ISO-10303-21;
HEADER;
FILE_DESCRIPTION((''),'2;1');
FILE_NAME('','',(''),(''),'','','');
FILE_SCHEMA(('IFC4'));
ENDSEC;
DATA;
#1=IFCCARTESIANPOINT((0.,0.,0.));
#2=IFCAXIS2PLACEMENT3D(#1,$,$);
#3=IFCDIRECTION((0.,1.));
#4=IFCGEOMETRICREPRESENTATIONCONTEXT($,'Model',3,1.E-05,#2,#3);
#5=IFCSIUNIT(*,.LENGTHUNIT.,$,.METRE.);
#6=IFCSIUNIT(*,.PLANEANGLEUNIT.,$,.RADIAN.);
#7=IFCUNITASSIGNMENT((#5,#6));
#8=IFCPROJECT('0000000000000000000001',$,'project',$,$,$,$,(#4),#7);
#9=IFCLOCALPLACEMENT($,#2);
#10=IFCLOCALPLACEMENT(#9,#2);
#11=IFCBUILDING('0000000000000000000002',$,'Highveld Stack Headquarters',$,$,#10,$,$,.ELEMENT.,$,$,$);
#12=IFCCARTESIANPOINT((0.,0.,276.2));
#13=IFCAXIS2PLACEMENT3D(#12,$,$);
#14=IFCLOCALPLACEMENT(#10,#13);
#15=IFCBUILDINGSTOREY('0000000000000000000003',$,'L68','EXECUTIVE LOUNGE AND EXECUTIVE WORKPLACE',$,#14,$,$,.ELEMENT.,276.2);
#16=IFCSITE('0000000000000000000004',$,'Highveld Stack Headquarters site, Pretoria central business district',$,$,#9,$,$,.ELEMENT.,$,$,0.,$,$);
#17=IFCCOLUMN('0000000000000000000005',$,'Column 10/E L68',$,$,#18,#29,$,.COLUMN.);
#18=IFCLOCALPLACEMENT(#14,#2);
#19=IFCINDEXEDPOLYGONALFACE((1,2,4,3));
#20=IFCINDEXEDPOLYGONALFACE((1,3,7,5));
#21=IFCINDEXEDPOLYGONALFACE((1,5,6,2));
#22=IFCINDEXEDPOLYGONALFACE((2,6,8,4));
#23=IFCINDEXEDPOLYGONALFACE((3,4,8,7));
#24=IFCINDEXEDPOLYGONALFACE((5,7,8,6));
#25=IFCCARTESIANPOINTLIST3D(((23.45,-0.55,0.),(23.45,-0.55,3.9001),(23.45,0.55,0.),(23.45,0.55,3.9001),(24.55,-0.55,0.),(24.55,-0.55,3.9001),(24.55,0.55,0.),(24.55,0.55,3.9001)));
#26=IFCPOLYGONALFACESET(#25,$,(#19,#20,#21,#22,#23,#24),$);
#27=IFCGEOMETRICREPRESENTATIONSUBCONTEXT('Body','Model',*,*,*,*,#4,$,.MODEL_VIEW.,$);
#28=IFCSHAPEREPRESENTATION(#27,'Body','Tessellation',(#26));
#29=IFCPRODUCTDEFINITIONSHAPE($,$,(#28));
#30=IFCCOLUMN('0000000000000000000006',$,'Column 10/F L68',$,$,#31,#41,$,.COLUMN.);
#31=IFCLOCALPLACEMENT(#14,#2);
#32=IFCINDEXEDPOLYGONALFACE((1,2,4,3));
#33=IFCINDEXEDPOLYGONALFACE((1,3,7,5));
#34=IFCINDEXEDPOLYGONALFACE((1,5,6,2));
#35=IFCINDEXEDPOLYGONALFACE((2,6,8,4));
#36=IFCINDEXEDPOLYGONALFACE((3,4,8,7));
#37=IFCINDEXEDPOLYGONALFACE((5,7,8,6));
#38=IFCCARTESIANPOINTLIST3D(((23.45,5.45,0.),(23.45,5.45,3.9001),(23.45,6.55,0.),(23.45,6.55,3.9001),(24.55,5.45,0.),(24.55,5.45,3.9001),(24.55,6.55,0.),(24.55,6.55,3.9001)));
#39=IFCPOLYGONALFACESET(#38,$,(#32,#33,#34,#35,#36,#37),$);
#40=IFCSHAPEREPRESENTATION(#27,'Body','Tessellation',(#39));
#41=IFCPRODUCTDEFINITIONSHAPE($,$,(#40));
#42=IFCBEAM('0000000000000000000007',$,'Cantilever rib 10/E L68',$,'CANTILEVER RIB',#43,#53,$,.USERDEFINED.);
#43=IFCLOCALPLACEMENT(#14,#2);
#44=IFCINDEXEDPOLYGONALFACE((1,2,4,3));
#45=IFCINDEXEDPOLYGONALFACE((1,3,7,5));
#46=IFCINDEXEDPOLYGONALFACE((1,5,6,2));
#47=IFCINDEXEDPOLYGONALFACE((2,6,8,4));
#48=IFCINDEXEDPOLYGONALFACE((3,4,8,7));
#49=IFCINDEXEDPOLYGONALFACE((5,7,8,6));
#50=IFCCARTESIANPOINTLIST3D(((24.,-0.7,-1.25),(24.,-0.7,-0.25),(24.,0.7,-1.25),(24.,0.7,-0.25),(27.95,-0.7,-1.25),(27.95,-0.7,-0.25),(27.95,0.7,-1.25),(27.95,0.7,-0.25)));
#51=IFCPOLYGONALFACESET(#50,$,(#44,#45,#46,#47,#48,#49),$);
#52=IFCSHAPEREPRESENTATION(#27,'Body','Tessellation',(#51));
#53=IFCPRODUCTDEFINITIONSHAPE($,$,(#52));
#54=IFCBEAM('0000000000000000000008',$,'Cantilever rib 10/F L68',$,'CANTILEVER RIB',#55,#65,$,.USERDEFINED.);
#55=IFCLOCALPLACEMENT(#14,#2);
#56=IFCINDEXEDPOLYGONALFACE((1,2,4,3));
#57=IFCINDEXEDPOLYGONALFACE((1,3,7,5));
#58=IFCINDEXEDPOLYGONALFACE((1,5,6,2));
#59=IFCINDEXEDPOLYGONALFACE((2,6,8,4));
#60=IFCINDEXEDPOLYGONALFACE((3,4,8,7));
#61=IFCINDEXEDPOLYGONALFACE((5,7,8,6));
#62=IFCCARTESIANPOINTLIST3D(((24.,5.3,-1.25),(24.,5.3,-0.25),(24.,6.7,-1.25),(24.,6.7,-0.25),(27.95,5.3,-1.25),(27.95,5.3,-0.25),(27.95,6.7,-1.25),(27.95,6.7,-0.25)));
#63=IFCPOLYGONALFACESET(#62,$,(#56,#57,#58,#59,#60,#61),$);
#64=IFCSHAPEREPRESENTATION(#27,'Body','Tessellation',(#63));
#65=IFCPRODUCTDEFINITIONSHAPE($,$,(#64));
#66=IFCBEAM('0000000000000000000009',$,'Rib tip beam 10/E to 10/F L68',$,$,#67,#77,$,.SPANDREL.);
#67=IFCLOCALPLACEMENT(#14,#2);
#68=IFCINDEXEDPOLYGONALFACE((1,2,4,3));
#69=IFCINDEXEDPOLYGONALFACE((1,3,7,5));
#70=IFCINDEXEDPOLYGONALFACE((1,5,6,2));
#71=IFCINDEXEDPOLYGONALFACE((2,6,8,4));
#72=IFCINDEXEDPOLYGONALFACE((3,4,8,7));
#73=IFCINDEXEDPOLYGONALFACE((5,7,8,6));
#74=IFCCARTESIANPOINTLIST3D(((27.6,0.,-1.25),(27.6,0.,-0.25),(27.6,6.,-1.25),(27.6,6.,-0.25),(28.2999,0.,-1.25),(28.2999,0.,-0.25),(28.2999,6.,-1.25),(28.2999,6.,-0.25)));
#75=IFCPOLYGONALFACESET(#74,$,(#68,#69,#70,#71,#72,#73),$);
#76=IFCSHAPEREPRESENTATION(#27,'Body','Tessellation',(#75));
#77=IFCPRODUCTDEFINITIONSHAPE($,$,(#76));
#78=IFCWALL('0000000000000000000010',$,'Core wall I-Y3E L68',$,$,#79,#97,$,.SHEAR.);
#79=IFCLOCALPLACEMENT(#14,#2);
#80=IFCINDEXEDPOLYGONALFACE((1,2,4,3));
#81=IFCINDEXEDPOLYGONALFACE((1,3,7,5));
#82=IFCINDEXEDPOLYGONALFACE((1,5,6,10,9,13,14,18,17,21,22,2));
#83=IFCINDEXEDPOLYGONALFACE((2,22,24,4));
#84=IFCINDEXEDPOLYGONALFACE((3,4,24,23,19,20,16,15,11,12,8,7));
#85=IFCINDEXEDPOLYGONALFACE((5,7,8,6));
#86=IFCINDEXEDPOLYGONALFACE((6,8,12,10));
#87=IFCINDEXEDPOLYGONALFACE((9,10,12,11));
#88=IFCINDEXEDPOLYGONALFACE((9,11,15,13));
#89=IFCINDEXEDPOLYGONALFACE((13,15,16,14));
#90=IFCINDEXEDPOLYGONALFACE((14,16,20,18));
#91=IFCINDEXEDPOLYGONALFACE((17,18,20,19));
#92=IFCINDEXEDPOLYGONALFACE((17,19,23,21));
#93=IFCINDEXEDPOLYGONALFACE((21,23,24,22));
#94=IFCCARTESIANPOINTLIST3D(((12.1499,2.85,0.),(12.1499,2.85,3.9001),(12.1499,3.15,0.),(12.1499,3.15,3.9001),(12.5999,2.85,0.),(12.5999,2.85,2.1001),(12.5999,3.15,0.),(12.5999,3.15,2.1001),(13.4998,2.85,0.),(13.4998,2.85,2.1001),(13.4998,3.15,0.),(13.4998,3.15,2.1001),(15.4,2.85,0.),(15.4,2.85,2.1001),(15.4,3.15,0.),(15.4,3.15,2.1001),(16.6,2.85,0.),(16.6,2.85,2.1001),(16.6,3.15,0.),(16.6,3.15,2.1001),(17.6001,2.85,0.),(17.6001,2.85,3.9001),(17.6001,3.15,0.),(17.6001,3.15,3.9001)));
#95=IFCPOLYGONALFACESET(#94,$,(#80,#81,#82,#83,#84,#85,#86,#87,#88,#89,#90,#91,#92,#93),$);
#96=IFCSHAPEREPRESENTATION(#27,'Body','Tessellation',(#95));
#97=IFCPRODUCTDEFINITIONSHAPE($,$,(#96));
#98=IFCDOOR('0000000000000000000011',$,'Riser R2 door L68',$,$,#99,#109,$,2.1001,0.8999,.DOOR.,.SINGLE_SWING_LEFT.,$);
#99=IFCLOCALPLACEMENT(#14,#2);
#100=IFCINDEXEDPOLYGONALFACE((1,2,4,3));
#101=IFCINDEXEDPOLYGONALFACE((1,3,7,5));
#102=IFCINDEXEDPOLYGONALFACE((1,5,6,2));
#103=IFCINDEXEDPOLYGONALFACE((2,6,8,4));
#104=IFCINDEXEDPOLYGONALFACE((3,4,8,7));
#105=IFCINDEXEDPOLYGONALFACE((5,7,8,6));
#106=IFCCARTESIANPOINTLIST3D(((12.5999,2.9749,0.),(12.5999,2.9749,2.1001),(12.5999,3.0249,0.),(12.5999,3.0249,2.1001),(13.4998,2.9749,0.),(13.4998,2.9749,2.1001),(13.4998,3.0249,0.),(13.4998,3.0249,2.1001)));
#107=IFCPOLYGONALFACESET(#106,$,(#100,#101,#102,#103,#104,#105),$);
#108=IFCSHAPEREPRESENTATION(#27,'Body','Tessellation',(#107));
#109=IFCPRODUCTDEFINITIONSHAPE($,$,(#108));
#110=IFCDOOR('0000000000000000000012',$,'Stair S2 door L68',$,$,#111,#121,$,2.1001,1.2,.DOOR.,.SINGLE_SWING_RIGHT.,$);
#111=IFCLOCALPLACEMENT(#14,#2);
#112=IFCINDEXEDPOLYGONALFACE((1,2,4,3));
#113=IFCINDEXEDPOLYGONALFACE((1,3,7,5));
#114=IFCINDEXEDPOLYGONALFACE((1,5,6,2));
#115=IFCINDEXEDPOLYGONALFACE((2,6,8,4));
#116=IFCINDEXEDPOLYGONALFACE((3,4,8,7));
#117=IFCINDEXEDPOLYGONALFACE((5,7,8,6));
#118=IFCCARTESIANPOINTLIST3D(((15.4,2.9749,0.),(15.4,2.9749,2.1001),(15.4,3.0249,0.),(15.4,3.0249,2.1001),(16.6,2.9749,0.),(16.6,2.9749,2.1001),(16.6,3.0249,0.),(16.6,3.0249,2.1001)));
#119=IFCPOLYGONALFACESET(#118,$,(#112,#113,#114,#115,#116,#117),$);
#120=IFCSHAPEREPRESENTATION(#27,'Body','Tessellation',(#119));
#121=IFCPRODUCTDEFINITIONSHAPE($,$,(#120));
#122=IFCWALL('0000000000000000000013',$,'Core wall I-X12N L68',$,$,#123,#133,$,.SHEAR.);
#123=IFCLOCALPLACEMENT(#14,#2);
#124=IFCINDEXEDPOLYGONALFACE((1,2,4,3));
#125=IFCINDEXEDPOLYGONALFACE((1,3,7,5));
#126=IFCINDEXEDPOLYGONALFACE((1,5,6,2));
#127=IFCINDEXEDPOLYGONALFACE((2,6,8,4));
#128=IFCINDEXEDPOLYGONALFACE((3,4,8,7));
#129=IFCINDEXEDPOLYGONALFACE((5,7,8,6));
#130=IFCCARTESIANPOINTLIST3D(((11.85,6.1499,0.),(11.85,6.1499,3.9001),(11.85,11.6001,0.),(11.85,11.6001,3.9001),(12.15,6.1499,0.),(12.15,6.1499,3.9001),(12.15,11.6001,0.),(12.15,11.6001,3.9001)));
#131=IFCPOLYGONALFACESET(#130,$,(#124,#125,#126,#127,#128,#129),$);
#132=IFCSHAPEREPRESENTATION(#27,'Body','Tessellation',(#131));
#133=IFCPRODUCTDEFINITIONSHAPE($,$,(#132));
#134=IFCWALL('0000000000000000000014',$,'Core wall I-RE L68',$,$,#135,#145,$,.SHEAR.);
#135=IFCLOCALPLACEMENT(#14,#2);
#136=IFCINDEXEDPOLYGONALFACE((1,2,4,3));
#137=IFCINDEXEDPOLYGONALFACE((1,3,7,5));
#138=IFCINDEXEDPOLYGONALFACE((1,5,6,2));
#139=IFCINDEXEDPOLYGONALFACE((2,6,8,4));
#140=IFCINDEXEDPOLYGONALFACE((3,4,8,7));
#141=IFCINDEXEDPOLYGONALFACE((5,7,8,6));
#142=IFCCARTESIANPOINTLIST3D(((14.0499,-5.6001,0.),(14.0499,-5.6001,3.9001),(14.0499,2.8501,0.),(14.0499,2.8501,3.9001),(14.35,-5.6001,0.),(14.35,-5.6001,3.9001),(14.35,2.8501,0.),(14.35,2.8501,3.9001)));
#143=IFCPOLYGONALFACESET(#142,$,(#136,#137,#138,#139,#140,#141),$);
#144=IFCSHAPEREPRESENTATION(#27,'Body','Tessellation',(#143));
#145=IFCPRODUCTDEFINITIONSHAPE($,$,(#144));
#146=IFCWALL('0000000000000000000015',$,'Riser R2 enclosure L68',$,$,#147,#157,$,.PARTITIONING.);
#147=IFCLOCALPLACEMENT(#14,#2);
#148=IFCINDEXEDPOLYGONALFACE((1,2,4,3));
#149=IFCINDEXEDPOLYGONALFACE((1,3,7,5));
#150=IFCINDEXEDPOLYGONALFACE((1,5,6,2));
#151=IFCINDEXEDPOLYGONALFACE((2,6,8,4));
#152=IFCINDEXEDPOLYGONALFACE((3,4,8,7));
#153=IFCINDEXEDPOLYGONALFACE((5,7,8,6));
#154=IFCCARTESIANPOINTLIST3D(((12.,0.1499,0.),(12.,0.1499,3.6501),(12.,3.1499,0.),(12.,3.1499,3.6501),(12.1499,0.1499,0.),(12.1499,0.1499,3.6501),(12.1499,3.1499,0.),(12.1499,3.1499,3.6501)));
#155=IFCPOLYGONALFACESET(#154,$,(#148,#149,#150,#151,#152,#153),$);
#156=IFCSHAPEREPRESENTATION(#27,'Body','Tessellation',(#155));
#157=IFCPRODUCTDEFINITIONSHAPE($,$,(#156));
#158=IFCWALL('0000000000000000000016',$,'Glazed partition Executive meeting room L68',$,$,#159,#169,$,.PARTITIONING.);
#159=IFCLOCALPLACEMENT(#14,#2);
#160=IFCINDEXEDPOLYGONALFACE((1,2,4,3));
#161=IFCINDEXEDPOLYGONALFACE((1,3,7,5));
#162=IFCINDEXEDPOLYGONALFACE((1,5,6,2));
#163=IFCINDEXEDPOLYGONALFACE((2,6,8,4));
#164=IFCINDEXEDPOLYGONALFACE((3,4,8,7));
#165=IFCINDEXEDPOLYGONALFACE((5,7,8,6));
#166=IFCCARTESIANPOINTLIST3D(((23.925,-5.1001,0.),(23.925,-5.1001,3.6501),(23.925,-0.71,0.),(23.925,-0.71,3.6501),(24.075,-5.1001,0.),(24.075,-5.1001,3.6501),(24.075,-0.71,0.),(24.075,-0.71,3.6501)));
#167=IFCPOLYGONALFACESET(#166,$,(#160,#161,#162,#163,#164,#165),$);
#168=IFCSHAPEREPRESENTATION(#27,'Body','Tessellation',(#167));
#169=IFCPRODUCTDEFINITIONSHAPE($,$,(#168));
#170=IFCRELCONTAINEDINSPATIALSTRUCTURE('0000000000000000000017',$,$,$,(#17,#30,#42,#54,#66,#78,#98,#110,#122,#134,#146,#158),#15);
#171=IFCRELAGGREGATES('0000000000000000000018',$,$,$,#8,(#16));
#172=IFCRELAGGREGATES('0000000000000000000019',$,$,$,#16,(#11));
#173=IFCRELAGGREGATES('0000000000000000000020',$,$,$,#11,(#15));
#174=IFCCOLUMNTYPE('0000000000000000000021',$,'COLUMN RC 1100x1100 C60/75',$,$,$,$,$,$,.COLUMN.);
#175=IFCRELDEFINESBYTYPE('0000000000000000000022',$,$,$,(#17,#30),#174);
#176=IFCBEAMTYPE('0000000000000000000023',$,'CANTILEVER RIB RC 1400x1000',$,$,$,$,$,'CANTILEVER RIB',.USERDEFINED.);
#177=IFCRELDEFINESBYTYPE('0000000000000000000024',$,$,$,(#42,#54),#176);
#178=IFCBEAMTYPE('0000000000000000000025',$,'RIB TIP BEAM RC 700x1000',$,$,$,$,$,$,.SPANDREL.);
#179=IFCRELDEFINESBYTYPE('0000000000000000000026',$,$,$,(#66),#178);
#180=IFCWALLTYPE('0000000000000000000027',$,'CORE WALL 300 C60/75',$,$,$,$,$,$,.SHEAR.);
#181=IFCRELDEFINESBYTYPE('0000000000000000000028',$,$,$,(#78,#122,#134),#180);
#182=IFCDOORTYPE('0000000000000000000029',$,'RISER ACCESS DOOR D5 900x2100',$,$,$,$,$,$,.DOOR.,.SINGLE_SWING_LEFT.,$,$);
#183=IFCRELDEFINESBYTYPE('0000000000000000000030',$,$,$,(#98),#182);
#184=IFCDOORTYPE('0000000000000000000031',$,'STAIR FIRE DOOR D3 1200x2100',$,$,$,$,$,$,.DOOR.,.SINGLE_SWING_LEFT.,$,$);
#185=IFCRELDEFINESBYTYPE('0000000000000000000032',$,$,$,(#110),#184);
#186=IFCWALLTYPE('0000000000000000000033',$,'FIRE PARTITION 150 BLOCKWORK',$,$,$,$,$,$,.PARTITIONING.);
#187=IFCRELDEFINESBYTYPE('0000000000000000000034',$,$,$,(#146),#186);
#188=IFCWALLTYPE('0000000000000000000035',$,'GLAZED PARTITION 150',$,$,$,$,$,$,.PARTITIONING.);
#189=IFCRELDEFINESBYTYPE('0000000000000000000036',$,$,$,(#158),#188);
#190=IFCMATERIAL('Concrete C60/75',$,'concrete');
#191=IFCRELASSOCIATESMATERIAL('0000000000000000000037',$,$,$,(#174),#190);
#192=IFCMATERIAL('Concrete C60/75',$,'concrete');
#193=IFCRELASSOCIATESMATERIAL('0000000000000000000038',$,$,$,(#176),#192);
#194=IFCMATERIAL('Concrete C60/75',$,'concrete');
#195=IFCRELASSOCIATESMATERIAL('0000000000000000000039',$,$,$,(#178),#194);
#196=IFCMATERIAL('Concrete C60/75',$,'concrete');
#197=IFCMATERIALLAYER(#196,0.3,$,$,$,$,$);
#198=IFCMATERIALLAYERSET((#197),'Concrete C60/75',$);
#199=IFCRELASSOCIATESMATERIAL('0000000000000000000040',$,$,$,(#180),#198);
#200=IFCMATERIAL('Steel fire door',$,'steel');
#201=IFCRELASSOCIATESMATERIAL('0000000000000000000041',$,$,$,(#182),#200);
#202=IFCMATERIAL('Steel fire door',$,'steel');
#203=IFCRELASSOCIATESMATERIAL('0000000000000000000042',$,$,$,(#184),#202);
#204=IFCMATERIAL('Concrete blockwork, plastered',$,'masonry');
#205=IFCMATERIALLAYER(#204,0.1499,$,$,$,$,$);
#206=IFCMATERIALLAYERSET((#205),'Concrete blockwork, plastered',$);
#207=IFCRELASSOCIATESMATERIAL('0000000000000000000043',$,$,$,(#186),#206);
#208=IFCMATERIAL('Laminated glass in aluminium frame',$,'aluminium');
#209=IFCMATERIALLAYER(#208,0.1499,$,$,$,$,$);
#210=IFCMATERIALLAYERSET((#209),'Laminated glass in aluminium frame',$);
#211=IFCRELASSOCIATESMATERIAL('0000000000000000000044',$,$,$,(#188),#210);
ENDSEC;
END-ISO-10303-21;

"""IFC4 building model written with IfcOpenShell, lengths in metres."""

from ifc_helpers import new_model, si_unit, direction, frame, frame_2d, origin, origin_2d, place, context, subcontext, project, spatial, rectangle, extrude, material, layer, layer_set, material_profile, profile_set, type_object, element, fill, save


model = new_model("IFC4")

# Units and contexts
model_context = context("Model", 3, precision=1e-05, world=origin(), true_north=direction((0.0, 1.0)))
body_context = subcontext(model_context, "Body", "Model", "MODEL_VIEW")
ifc_project = project(units=[si_unit("LENGTHUNIT", "METRE"), si_unit("PLANEANGLEUNIT", "RADIAN")], contexts=[model_context])

# Site, building, storey
site_placement = place(None, origin())
site = spatial("IfcSite", under=ifc_project, at=site_placement, Name="Highveld Stack Headquarters site, Pretoria central business district", CompositionType="ELEMENT", RefElevation=0.0)
building_placement = place(site_placement, origin())
building = spatial("IfcBuilding", under=site, at=building_placement, Name="Highveld Stack Headquarters", CompositionType="ELEMENT")
storey_placement = place(building_placement, frame((0.0, 0.0, 276.2)))
storey = spatial("IfcBuildingStorey", under=building, at=storey_placement, Name="L68", Description="EXECUTIVE LOUNGE AND EXECUTIVE WORKPLACE", CompositionType="ELEMENT", Elevation=276.2)

# Columns
ifc_material_1 = material(Name="Concrete C60/75", Category="concrete")
ifc_material_profile_1 = material_profile(ifc_material_1, rectangle(XDim=1.1001, YDim=1.1001, at=origin_2d()), Name="RC 1100x1100")
ifc_profile_set_1 = profile_set([ifc_material_profile_1], Name="Concrete C60/75")
column_type = type_object("IfcColumnType", Name="COLUMN RC 1100x1100 C60/75", PredefinedType="COLUMN", material=ifc_profile_set_1)
for number, where, z_axis, x_axis, name in (
    (1, (24.0, 0.0, 0.0), (0.0, 0.0, 1.0), (1.0, 0.0, 0.0), "Column 10/E L68"),
    (2, (24.0, 6.0, 0.0), (0.0, 0.0, 1.0), (1.0, 0.0, 0.0), "Column 10/F L68"),
):
    element("IfcColumn", number, at=place(storey_placement, frame(where, z_axis=z_axis, x_axis=x_axis)), inside=storey, type_object=column_type, Name=name, PredefinedType="COLUMN", context=body_context, shape_type="SweptSolid", body=[
        extrude(rectangle(XDim=1.1001, YDim=1.1001, at=origin_2d()), origin(), (0.0, 0.0, 1.0), 3.9001),
    ])

# Beams
ifc_material_2 = material(Name="Concrete C60/75", Category="concrete")
ifc_material_profile_2 = material_profile(ifc_material_2, rectangle(XDim=1.3999, YDim=1.0, at=origin_2d()), Name="RC 1400x1000")
ifc_profile_set_2 = profile_set([ifc_material_profile_2], Name="Concrete C60/75")
beam_type_1 = type_object("IfcBeamType", Name="CANTILEVER RIB RC 1400x1000", ElementType="CANTILEVER RIB", PredefinedType="USERDEFINED", material=ifc_profile_set_2)
for number, where, z_axis, x_axis, name in (
    (3, (24.0, 0.0, -0.75), (1.0, 0.0, 0.0), (0.0, 1.0, 0.0), "Cantilever rib 10/E L68"),
    (4, (24.0, 6.0, -0.75), (1.0, 0.0, 0.0), (0.0, 1.0, 0.0), "Cantilever rib 10/F L68"),
):
    element("IfcBeam", number, at=place(storey_placement, frame(where, z_axis=z_axis, x_axis=x_axis)), inside=storey, type_object=beam_type_1, Name=name, ObjectType="CANTILEVER RIB", PredefinedType="USERDEFINED", context=body_context, shape_type="SweptSolid", body=[
        extrude(rectangle(XDim=1.3999, YDim=1.0, at=origin_2d()), origin(), (0.0, 0.0, 1.0), 3.95),
    ])
ifc_material_3 = material(Name="Concrete C60/75", Category="concrete")
ifc_material_profile_3 = material_profile(ifc_material_3, rectangle(XDim=0.7, YDim=1.0, at=origin_2d()), Name="RC 700x1000")
ifc_profile_set_3 = profile_set([ifc_material_profile_3], Name="Concrete C60/75")
beam_type_2 = type_object("IfcBeamType", Name="RIB TIP BEAM RC 700x1000", PredefinedType="SPANDREL", material=ifc_profile_set_3)
beam_placement = place(storey_placement, frame((27.95, 0.0, -0.75), z_axis=(0.0, 1.0, 0.0), x_axis=(-1.0, 0.0, 0.0)))
element("IfcBeam", 5, at=beam_placement, inside=storey, type_object=beam_type_2, Name="Rib tip beam 10/E to 10/F L68", PredefinedType="SPANDREL", context=body_context, shape_type="SweptSolid", body=[
    extrude(rectangle(XDim=0.7, YDim=1.0, at=origin_2d()), origin(), (0.0, 0.0, 1.0), 6.0),
])

# Wall, openings, doors
ifc_material_4 = material(Name="Concrete C60/75", Category="concrete")
ifc_layer_1 = layer(ifc_material_4, 0.3)
ifc_layer_set_1 = layer_set([ifc_layer_1], Name="Concrete C60/75")
wall_type_1 = type_object("IfcWallType", Name="CORE WALL 300 C60/75", PredefinedType="SHEAR", material=ifc_layer_set_1)
wall_1_placement = place(storey_placement, frame((12.1499, 3.0, 0.0), z_axis=(0.0, 0.0, 1.0), x_axis=(1.0, 0.0, 0.0)))
wall_1 = element("IfcWall", 6, at=wall_1_placement, inside=storey, type_object=wall_type_1, Name="Core wall I-Y3E L68", PredefinedType="SHEAR", context=body_context, shape_type="SweptSolid", body=[
    extrude(rectangle(XDim=5.4502, YDim=0.3, at=frame_2d((2.7251, 0.0))), origin(), (0.0, 0.0, 1.0), 3.9001),
])
opening_1_placement = place(wall_1_placement, frame((3.25, 0.0, 0.0)))
opening_1 = element("IfcOpeningElement", 7, at=opening_1_placement, cuts=wall_1, PredefinedType="OPENING", context=body_context, shape_type="SweptSolid", body=[
    extrude(rectangle(XDim=1.2, YDim=2.1001, at=frame_2d((0.6001, 1.05))), frame((0.0, 0.1599, 0.0), z_axis=(0.0, -1.0, 0.0), x_axis=(1.0, 0.0, 0.0)), (0.0, 0.0, 1.0), 0.3201),
])
opening_2_placement = place(wall_1_placement, frame((0.45, 0.0, 0.0)))
opening_2 = element("IfcOpeningElement", 8, at=opening_2_placement, cuts=wall_1, PredefinedType="OPENING", context=body_context, shape_type="SweptSolid", body=[
    extrude(rectangle(XDim=0.8999, YDim=2.1001, at=frame_2d((0.45, 1.05))), frame((0.0, 0.1599, 0.0), z_axis=(0.0, -1.0, 0.0), x_axis=(1.0, 0.0, 0.0)), (0.0, 0.0, 1.0), 0.3201),
])
ifc_material_5 = material(Name="Steel fire door", Category="steel")
door_type_1 = type_object("IfcDoorType", Name="RISER ACCESS DOOR D5 900x2100", OperationType="SINGLE_SWING_LEFT", PredefinedType="DOOR", material=ifc_material_5)
door_1_placement = place(opening_2_placement, origin())
door_1 = element("IfcDoor", 9, at=door_1_placement, inside=storey, type_object=door_type_1, Name="Riser R2 door L68", OperationType="SINGLE_SWING_LEFT", OverallHeight=2.1001, OverallWidth=0.8999, PredefinedType="DOOR", context=body_context, shape_type="SweptSolid", body=[
    extrude(rectangle(XDim=0.8999, YDim=2.1001, at=frame_2d((0.45, 1.05))), frame((0.0, 0.0249, 0.0), z_axis=(0.0, -1.0, 0.0), x_axis=(1.0, 0.0, 0.0)), (0.0, 0.0, 1.0), 0.05),
])
fill(opening_2, door_1)
ifc_material_6 = material(Name="Steel fire door", Category="steel")
door_type_2 = type_object("IfcDoorType", Name="STAIR FIRE DOOR D3 1200x2100", OperationType="SINGLE_SWING_LEFT", PredefinedType="DOOR", material=ifc_material_6)
door_2_placement = place(opening_1_placement, origin())
door_2 = element("IfcDoor", 10, at=door_2_placement, inside=storey, type_object=door_type_2, Name="Stair S2 door L68", OperationType="SINGLE_SWING_RIGHT", OverallHeight=2.1001, OverallWidth=1.2, PredefinedType="DOOR", context=body_context, shape_type="SweptSolid", body=[
    extrude(rectangle(XDim=1.2, YDim=2.1001, at=frame_2d((0.6001, 1.05))), frame((0.0, 0.0249, 0.0), z_axis=(0.0, -1.0, 0.0), x_axis=(1.0, 0.0, 0.0)), (0.0, 0.0, 1.0), 0.05),
])
fill(opening_1, door_2)

# Walls
wall_2_placement = place(storey_placement, frame((12.0, 6.1499, 0.0), z_axis=(0.0, 0.0, 1.0), x_axis=(0.0, 1.0, 0.0)))
element("IfcWall", 11, at=wall_2_placement, inside=storey, type_object=wall_type_1, Name="Core wall I-X12N L68", PredefinedType="SHEAR", context=body_context, shape_type="SweptSolid", body=[
    extrude(rectangle(XDim=5.4502, YDim=0.3, at=frame_2d((2.7251, 0.0))), origin(), (0.0, 0.0, 1.0), 3.9001),
])
wall_3_placement = place(storey_placement, frame((14.2, -5.6001, 0.0), z_axis=(0.0, 0.0, 1.0), x_axis=(0.0, 1.0, 0.0)))
element("IfcWall", 12, at=wall_3_placement, inside=storey, type_object=wall_type_1, Name="Core wall I-RE L68", PredefinedType="SHEAR", context=body_context, shape_type="SweptSolid", body=[
    extrude(rectangle(XDim=8.4502, YDim=0.3, at=frame_2d((4.2251, 0.0))), origin(), (0.0, 0.0, 1.0), 3.9001),
])
ifc_material_7 = material(Name="Concrete blockwork, plastered", Category="masonry")
ifc_layer_2 = layer(ifc_material_7, 0.1499)
ifc_layer_set_2 = layer_set([ifc_layer_2], Name="Concrete blockwork, plastered")
wall_type_2 = type_object("IfcWallType", Name="FIRE PARTITION 150 BLOCKWORK", PredefinedType="PARTITIONING", material=ifc_layer_set_2)
wall_4_placement = place(storey_placement, frame((12.075, 0.1499, 0.0), z_axis=(0.0, 0.0, 1.0), x_axis=(0.0, 1.0, 0.0)))
element("IfcWall", 13, at=wall_4_placement, inside=storey, type_object=wall_type_2, Name="Riser R2 enclosure L68", PredefinedType="PARTITIONING", context=body_context, shape_type="SweptSolid", body=[
    extrude(rectangle(XDim=3.0, YDim=0.1499, at=frame_2d((1.5, 0.0))), origin(), (0.0, 0.0, 1.0), 3.6501),
])
ifc_material_8 = material(Name="Laminated glass in aluminium frame", Category="aluminium")
ifc_layer_3 = layer(ifc_material_8, 0.1499)
ifc_layer_set_3 = layer_set([ifc_layer_3], Name="Laminated glass in aluminium frame")
wall_type_3 = type_object("IfcWallType", Name="GLAZED PARTITION 150", PredefinedType="PARTITIONING", material=ifc_layer_set_3)
wall_5_placement = place(storey_placement, frame((24.0, -5.1001, 0.0), z_axis=(0.0, 0.0, 1.0), x_axis=(0.0, 1.0, 0.0)))
element("IfcWall", 14, at=wall_5_placement, inside=storey, type_object=wall_type_3, Name="Glazed partition Executive meeting room L68", PredefinedType="PARTITIONING", context=body_context, shape_type="SweptSolid", body=[
    extrude(rectangle(XDim=4.3901, YDim=0.1499, at=frame_2d((2.1951, 0.0))), origin(), (0.0, 0.0, 1.0), 3.6501),
])

save(model, "model.ifc")
